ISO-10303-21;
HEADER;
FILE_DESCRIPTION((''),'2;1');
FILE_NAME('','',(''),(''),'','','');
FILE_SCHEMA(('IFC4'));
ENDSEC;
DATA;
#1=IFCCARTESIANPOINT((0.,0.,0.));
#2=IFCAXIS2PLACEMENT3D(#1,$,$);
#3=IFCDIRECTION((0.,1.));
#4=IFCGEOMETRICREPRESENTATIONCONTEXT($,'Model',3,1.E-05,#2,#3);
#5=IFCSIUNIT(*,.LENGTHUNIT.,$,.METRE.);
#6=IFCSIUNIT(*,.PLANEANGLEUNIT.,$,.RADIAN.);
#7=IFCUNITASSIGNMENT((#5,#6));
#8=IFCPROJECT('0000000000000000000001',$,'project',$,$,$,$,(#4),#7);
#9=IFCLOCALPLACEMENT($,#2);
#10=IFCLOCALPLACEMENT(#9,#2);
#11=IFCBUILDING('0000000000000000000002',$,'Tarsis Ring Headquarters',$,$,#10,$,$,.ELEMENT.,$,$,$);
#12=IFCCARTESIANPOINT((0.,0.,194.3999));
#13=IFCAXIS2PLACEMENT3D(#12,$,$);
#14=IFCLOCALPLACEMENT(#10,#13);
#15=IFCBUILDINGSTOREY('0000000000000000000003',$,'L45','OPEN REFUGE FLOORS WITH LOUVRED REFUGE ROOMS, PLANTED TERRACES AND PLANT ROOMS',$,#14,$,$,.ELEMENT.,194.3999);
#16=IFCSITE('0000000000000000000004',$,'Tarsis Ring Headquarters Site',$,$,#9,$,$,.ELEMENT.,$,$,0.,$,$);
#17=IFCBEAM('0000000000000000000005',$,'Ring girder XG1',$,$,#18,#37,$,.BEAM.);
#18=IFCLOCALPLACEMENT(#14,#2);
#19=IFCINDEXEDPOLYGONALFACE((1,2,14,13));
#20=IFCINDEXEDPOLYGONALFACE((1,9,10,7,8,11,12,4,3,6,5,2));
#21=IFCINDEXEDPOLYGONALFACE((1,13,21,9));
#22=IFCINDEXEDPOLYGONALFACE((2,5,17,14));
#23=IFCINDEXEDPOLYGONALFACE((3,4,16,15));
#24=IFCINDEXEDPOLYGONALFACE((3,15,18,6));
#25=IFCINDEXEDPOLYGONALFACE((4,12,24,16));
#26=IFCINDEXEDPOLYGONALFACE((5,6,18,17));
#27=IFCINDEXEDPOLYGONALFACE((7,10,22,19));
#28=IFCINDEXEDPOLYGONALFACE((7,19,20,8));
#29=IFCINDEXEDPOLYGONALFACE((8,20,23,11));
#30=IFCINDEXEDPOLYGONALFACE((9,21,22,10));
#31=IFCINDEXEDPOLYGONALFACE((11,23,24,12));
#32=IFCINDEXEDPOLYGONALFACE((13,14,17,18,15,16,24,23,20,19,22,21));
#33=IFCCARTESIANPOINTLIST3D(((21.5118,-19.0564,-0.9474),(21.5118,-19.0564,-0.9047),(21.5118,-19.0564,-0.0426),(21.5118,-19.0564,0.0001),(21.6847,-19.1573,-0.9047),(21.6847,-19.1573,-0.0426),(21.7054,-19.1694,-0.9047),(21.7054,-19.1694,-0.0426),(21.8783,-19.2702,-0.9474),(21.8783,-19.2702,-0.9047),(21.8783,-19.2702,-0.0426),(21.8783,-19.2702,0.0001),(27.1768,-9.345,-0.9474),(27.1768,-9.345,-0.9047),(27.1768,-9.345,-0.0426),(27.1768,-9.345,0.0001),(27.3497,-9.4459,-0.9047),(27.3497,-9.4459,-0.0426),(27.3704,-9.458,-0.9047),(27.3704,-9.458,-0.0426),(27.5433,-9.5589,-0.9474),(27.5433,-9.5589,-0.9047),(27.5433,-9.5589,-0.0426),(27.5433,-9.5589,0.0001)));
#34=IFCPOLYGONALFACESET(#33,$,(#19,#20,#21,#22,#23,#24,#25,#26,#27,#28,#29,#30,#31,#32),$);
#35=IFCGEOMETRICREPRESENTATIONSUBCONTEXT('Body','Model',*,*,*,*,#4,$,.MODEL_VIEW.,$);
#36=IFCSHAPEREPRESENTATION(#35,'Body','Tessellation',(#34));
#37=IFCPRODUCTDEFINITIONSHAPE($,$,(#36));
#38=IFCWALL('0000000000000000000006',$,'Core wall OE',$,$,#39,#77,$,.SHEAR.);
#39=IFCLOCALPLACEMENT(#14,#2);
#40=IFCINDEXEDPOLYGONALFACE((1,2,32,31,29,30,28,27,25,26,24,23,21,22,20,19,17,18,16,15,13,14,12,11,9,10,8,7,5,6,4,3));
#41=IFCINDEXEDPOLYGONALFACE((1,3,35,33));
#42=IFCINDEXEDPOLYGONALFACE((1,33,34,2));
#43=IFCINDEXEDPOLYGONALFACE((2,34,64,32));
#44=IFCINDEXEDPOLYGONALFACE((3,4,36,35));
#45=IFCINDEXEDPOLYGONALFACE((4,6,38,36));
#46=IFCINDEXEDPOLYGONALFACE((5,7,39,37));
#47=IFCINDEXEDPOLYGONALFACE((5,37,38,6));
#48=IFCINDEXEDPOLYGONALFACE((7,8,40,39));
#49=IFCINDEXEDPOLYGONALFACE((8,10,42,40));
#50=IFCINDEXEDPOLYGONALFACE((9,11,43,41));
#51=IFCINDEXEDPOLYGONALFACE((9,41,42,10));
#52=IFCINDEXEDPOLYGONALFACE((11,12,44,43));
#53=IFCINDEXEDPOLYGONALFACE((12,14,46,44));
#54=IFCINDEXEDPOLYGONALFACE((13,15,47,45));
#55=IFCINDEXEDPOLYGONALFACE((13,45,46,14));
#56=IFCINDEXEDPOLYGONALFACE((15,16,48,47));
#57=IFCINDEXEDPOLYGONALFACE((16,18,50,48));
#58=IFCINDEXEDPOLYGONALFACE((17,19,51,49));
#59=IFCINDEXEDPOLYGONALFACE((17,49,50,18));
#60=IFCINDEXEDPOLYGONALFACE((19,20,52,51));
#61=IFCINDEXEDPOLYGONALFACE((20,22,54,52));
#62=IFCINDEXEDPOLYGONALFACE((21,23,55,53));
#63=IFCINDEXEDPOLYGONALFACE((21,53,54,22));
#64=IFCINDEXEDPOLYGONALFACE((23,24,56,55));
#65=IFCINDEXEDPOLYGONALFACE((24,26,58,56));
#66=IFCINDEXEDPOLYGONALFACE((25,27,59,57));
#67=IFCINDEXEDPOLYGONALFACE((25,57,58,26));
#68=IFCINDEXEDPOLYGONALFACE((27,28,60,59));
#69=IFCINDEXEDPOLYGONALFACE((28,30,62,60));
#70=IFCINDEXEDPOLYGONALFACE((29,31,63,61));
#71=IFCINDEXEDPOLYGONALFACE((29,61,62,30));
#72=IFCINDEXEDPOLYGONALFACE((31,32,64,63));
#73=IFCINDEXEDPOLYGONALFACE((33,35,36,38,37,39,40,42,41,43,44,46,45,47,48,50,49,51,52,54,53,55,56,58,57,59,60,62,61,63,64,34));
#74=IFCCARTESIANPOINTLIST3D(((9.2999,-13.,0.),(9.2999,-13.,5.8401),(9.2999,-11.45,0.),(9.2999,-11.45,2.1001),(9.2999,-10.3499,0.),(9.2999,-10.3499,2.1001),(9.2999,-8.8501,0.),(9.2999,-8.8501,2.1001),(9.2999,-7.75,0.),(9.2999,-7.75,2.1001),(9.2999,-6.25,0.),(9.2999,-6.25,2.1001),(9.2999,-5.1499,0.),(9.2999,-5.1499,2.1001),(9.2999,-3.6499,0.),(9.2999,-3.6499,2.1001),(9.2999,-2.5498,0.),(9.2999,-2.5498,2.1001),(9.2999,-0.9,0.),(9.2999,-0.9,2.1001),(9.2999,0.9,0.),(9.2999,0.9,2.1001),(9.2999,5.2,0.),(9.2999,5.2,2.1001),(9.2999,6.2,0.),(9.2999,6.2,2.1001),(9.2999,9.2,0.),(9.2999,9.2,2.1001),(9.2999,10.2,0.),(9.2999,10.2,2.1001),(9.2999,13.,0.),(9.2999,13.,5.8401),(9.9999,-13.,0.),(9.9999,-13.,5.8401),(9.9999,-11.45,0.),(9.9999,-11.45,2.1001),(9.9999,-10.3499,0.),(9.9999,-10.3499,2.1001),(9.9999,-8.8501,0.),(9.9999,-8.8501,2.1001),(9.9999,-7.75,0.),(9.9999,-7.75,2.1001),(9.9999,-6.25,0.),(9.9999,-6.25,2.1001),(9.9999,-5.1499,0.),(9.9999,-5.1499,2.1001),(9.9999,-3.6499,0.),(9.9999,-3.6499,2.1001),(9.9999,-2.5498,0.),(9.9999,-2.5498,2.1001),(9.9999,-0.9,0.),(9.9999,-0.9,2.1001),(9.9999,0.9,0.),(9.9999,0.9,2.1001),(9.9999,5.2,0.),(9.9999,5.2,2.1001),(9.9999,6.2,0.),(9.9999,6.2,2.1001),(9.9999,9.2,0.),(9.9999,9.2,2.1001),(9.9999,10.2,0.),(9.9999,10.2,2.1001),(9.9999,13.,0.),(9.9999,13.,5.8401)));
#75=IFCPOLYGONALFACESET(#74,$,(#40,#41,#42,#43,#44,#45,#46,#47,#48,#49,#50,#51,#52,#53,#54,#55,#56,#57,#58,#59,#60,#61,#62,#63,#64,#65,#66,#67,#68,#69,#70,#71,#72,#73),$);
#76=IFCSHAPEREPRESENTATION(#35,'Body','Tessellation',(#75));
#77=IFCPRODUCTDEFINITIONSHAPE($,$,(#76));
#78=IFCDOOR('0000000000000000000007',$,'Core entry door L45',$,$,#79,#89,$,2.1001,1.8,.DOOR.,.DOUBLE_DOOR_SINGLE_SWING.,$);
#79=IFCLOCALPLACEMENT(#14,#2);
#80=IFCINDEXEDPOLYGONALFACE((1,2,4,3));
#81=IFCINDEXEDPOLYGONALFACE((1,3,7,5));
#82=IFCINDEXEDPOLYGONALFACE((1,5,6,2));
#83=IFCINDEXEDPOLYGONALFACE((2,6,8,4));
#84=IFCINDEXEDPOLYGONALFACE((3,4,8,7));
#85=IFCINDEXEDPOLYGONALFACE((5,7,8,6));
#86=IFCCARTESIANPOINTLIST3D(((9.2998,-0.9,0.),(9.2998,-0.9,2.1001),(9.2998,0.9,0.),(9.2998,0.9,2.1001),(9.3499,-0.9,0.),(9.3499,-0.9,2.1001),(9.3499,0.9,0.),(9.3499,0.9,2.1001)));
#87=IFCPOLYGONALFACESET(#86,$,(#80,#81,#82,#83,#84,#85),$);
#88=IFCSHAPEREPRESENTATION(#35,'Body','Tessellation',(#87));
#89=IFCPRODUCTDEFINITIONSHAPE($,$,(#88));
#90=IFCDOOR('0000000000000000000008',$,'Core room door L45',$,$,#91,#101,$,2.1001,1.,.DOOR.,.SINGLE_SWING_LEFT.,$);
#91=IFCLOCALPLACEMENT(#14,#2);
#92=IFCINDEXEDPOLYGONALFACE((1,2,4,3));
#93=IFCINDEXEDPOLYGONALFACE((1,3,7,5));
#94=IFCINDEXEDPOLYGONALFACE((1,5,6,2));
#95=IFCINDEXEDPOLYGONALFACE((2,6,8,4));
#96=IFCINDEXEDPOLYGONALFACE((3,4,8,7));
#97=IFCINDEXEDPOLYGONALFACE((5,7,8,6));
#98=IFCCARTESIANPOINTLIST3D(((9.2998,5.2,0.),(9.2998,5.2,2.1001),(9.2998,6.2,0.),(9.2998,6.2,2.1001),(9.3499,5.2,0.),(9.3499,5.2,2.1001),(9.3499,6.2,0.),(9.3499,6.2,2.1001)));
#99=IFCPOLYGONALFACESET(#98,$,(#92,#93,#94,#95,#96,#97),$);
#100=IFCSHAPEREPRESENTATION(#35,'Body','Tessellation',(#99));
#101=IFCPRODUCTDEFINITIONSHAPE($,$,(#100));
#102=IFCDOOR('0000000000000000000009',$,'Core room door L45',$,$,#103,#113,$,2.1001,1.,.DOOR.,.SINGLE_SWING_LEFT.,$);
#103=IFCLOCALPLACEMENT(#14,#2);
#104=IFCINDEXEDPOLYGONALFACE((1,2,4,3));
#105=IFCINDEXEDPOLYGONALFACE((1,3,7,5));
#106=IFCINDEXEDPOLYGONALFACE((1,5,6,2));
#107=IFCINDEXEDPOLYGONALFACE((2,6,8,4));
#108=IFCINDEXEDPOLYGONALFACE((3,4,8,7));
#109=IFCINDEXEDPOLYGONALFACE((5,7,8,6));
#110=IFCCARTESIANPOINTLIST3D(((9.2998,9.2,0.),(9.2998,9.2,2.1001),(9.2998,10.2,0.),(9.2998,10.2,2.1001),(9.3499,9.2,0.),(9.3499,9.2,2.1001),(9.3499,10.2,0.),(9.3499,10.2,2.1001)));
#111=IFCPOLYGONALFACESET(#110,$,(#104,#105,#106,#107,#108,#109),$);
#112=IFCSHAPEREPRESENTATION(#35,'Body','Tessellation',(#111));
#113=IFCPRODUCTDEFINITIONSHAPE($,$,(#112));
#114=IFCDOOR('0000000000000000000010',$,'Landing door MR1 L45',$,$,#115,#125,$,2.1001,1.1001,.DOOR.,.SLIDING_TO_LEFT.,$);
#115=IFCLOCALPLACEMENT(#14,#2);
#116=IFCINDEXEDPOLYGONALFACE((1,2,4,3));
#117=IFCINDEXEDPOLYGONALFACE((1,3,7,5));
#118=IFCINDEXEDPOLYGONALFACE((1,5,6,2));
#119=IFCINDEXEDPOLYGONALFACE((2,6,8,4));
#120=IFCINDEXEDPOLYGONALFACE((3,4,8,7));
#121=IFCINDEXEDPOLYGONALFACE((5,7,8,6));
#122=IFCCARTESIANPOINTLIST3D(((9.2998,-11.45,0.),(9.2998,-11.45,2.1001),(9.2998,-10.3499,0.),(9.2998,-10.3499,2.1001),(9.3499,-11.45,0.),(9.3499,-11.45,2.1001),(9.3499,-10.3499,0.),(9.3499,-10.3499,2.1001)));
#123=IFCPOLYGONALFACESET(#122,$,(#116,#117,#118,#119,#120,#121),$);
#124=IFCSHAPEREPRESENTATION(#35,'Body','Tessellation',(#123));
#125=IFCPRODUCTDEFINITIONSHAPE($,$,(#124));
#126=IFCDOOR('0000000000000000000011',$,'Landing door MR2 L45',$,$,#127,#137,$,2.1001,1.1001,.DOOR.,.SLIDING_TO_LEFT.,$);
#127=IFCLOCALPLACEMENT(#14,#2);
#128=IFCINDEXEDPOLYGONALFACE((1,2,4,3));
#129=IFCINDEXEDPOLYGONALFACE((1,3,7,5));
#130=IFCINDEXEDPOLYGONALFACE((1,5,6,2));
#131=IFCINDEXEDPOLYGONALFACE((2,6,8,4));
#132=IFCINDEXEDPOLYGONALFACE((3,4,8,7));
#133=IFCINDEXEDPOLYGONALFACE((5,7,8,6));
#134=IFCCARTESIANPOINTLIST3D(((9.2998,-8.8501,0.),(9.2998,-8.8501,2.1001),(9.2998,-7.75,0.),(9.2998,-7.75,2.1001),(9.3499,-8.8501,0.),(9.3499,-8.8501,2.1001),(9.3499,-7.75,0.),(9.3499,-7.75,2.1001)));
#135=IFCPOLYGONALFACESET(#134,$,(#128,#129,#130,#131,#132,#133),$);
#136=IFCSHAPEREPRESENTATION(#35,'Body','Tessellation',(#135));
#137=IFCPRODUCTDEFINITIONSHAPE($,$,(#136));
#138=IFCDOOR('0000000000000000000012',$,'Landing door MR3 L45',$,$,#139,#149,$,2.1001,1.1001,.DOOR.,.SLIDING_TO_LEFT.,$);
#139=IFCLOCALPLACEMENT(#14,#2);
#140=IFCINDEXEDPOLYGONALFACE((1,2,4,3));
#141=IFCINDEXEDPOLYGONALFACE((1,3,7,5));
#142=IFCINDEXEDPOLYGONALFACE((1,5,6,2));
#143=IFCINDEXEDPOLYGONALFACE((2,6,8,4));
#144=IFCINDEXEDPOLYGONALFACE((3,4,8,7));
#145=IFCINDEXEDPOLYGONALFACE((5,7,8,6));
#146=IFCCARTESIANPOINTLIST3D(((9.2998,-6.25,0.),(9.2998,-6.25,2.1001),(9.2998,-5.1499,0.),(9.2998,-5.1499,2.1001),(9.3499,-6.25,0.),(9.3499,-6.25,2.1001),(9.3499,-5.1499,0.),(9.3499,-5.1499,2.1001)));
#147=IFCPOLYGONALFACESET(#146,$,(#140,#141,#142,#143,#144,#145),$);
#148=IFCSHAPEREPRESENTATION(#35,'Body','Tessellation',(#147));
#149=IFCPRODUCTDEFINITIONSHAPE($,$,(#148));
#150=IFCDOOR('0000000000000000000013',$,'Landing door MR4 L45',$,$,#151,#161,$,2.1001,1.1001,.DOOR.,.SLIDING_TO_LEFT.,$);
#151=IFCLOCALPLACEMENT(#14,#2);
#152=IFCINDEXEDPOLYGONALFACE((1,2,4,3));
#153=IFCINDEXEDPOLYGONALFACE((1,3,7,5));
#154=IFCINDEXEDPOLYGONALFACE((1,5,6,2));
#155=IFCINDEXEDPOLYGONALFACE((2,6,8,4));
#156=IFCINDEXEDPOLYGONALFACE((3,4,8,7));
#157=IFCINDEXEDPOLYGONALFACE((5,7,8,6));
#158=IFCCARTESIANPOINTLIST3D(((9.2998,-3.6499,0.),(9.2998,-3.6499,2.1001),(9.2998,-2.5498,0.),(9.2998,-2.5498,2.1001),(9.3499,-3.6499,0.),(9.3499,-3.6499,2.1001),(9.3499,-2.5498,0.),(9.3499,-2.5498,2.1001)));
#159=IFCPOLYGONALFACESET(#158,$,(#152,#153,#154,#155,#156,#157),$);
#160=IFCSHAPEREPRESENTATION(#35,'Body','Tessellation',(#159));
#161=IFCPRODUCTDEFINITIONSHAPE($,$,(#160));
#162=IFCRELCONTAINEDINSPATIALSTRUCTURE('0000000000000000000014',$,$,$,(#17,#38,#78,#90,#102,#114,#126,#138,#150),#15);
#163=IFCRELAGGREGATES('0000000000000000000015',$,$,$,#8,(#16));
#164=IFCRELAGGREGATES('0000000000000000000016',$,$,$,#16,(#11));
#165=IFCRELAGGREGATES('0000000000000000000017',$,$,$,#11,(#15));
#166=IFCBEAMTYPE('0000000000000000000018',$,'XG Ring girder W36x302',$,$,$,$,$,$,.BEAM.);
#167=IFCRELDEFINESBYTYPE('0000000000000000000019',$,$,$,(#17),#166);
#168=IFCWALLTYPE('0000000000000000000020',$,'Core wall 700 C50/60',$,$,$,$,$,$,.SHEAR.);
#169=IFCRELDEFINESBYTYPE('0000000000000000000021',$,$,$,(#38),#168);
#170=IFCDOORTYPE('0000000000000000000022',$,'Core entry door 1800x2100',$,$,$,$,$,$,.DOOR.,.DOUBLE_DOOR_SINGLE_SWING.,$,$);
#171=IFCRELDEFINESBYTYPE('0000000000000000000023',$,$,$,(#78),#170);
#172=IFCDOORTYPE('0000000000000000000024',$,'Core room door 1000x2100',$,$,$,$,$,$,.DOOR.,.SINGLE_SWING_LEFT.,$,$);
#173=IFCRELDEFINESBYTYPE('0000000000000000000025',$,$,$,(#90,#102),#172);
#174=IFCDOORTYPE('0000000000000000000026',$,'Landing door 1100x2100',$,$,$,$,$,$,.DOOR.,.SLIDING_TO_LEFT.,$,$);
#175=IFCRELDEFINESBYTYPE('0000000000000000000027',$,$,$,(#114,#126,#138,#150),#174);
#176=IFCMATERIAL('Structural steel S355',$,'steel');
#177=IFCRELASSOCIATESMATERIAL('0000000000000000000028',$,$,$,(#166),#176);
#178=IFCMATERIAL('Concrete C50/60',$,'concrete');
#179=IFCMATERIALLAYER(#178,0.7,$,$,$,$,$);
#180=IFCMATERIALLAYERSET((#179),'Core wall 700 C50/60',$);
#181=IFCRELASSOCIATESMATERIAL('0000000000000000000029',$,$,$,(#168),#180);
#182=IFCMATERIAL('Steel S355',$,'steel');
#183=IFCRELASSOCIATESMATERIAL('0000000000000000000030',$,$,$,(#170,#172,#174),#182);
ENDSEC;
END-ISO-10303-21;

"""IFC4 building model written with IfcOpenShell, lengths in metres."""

from ifc_helpers import new_model, si_unit, direction, frame, frame_2d, origin, origin_2d, place, context, subcontext, project, spatial, rectangle, i_section, extrude, material, layer, layer_set, material_profile, profile_set, type_object, element, fill, save


model = new_model("IFC4")

# Units and contexts
model_context = context("Model", 3, precision=1e-05, world=origin(), true_north=direction((0.0, 1.0)))
body_context = subcontext(model_context, "Body", "Model", "MODEL_VIEW")
ifc_project = project(units=[si_unit("LENGTHUNIT", "METRE"), si_unit("PLANEANGLEUNIT", "RADIAN")], contexts=[model_context])

# Site, building, storey
site_placement = place(None, origin())
site = spatial("IfcSite", under=ifc_project, at=site_placement, Name="Tarsis Ring Headquarters Site", CompositionType="ELEMENT", RefElevation=0.0)
building_placement = place(site_placement, origin())
building = spatial("IfcBuilding", under=site, at=building_placement, Name="Tarsis Ring Headquarters", CompositionType="ELEMENT")
storey_placement = place(building_placement, frame((0.0, 0.0, 194.3999)))
storey = spatial("IfcBuildingStorey", under=building, at=storey_placement, Name="L45", Description="OPEN REFUGE FLOORS WITH LOUVRED REFUGE ROOMS, PLANTED TERRACES AND PLANT ROOMS", CompositionType="ELEMENT", Elevation=194.3999)

# Shared definitions
ifc_material_1 = material(Name="Structural steel S355", Category="steel")

# Beam
ifc_material_profile_1 = material_profile(ifc_material_1, i_section(OverallWidth=0.4243, OverallDepth=0.9475, WebThickness=0.0239, FlangeThickness=0.0427, at=origin_2d()), Name="W36x302")
ifc_profile_set_1 = profile_set([ifc_material_profile_1], Name="Structural steel S355")
beam_type = type_object("IfcBeamType", Name="XG Ring girder W36x302", PredefinedType="BEAM", material=ifc_profile_set_1)
for number, where, z_axis, x_axis, name in (
    (1, (21.6951, -19.1633, -0.4736), (0.503874, 0.863777, 0.0), (-0.863777, 0.503874, 0.0), "Ring girder XG1"),
):
    element("IfcBeam", number, at=place(storey_placement, frame(where, z_axis=z_axis, x_axis=x_axis)), inside=storey, type_object=beam_type, Name=name, PredefinedType="BEAM", context=body_context, shape_type="SweptSolid", body=[
        extrude(i_section(OverallWidth=0.4243, OverallDepth=0.9475, WebThickness=0.0239, FlangeThickness=0.0427, at=origin_2d()), origin(), (0.0, 0.0, 1.0), 11.2429),
    ])

# Wall, openings, doors
ifc_material_2 = material(Name="Concrete C50/60", Category="concrete")
ifc_layer_1 = layer(ifc_material_2, 0.7)
ifc_layer_set_1 = layer_set([ifc_layer_1], Name="Core wall 700 C50/60")
wall_type_1 = type_object("IfcWallType", Name="Core wall 700 C50/60", PredefinedType="SHEAR", material=ifc_layer_set_1)
wall_1_placement = place(storey_placement, frame((9.6499, -13.0, 0.0), z_axis=(0.0, 0.0, 1.0), x_axis=(0.0, 1.0, 0.0)))
wall_1 = element("IfcWall", 2, at=wall_1_placement, inside=storey, type_object=wall_type_1, Name="Core wall OE", PredefinedType="SHEAR", context=body_context, shape_type="SweptSolid", body=[
    extrude(rectangle(XDim=26.0, YDim=0.7, at=frame_2d((13.0, 0.0))), origin(), (0.0, 0.0, 1.0), 5.8401),
])
opening_1_placement = place(wall_1_placement, frame((1.55, 0.0, 0.0)))
opening_1 = element("IfcOpeningElement", 3, at=opening_1_placement, cuts=wall_1, PredefinedType="OPENING", context=body_context, shape_type="SweptSolid", body=[
    extrude(rectangle(XDim=1.1001, YDim=2.1001, at=frame_2d((0.55, 1.05))), frame((0.0, 0.3599, 0.0), z_axis=(0.0, -1.0, 0.0), x_axis=(1.0, 0.0, 0.0)), (0.0, 0.0, 1.0), 0.72),
])
opening_2_placement = place(wall_1_placement, frame((4.1499, 0.0, 0.0)))
opening_2 = element("IfcOpeningElement", 4, at=opening_2_placement, cuts=wall_1, PredefinedType="OPENING", context=body_context, shape_type="SweptSolid", body=[
    extrude(rectangle(XDim=1.1001, YDim=2.1001, at=frame_2d((0.55, 1.05))), frame((0.0, 0.3599, 0.0), z_axis=(0.0, -1.0, 0.0), x_axis=(1.0, 0.0, 0.0)), (0.0, 0.0, 1.0), 0.72),
])
opening_3_placement = place(wall_1_placement, frame((6.75, 0.0, 0.0)))
opening_3 = element("IfcOpeningElement", 5, at=opening_3_placement, cuts=wall_1, PredefinedType="OPENING", context=body_context, shape_type="SweptSolid", body=[
    extrude(rectangle(XDim=1.1001, YDim=2.1001, at=frame_2d((0.55, 1.05))), frame((0.0, 0.3599, 0.0), z_axis=(0.0, -1.0, 0.0), x_axis=(1.0, 0.0, 0.0)), (0.0, 0.0, 1.0), 0.72),
])
opening_4_placement = place(wall_1_placement, frame((9.3501, 0.0, 0.0)))
opening_4 = element("IfcOpeningElement", 6, at=opening_4_placement, cuts=wall_1, PredefinedType="OPENING", context=body_context, shape_type="SweptSolid", body=[
    extrude(rectangle(XDim=1.1001, YDim=2.1001, at=frame_2d((0.55, 1.05))), frame((0.0, 0.3599, 0.0), z_axis=(0.0, -1.0, 0.0), x_axis=(1.0, 0.0, 0.0)), (0.0, 0.0, 1.0), 0.72),
])
opening_5_placement = place(wall_1_placement, frame((12.1001, 0.0, 0.0)))
opening_5 = element("IfcOpeningElement", 7, at=opening_5_placement, cuts=wall_1, PredefinedType="OPENING", context=body_context, shape_type="SweptSolid", body=[
    extrude(rectangle(XDim=1.8, YDim=2.1001, at=frame_2d((0.8999, 1.05))), frame((0.0, 0.3599, 0.0), z_axis=(0.0, -1.0, 0.0), x_axis=(1.0, 0.0, 0.0)), (0.0, 0.0, 1.0), 0.72),
])
opening_6_placement = place(wall_1_placement, frame((18.2, 0.0, 0.0)))
opening_6 = element("IfcOpeningElement", 8, at=opening_6_placement, cuts=wall_1, PredefinedType="OPENING", context=body_context, shape_type="SweptSolid", body=[
    extrude(rectangle(XDim=1.0, YDim=2.1001, at=frame_2d((0.5, 1.05))), frame((0.0, 0.3599, 0.0), z_axis=(0.0, -1.0, 0.0), x_axis=(1.0, 0.0, 0.0)), (0.0, 0.0, 1.0), 0.72),
])
opening_7_placement = place(wall_1_placement, frame((22.2, 0.0, 0.0)))
opening_7 = element("IfcOpeningElement", 9, at=opening_7_placement, cuts=wall_1, PredefinedType="OPENING", context=body_context, shape_type="SweptSolid", body=[
    extrude(rectangle(XDim=1.0, YDim=2.1001, at=frame_2d((0.5, 1.05))), frame((0.0, 0.3599, 0.0), z_axis=(0.0, -1.0, 0.0), x_axis=(1.0, 0.0, 0.0)), (0.0, 0.0, 1.0), 0.72),
])
ifc_material_3 = material(Name="Steel S355", Category="steel")
door_type_1 = type_object("IfcDoorType", Name="Core entry door 1800x2100", OperationType="DOUBLE_DOOR_SINGLE_SWING", PredefinedType="DOOR", material=ifc_material_3)
door_1_placement = place(opening_5_placement, origin())
door_1 = element("IfcDoor", 10, at=door_1_placement, inside=storey, type_object=door_type_1, Name="Core entry door L45", OperationType="DOUBLE_DOOR_SINGLE_SWING", OverallHeight=2.1001, OverallWidth=1.8, PredefinedType="DOOR", context=body_context, shape_type="SweptSolid", body=[
    extrude(rectangle(XDim=1.8, YDim=2.1001, at=frame_2d((0.8999, 1.05))), frame((0.0, 0.3501, 0.0), z_axis=(0.0, -1.0, 0.0), x_axis=(1.0, 0.0, 0.0)), (0.0, 0.0, 1.0), 0.05),
])
fill(opening_5, door_1)
door_type_2 = type_object("IfcDoorType", Name="Core room door 1000x2100", OperationType="SINGLE_SWING_LEFT", PredefinedType="DOOR", material=ifc_material_3)
door_2_placement = place(opening_6_placement, origin())
door_2 = element("IfcDoor", 11, at=door_2_placement, inside=storey, type_object=door_type_2, Name="Core room door L45", OperationType="SINGLE_SWING_LEFT", OverallHeight=2.1001, OverallWidth=1.0, PredefinedType="DOOR", context=body_context, shape_type="SweptSolid", body=[
    extrude(rectangle(XDim=1.0, YDim=2.1001, at=frame_2d((0.5, 1.05))), frame((0.0, 0.3501, 0.0), z_axis=(0.0, -1.0, 0.0), x_axis=(1.0, 0.0, 0.0)), (0.0, 0.0, 1.0), 0.05),
])
fill(opening_6, door_2)
door_3_placement = place(opening_7_placement, origin())
door_3 = element("IfcDoor", 12, at=door_3_placement, inside=storey, type_object=door_type_2, Name="Core room door L45", OperationType="SINGLE_SWING_LEFT", OverallHeight=2.1001, OverallWidth=1.0, PredefinedType="DOOR", context=body_context, shape_type="SweptSolid", body=[
    extrude(rectangle(XDim=1.0, YDim=2.1001, at=frame_2d((0.5, 1.05))), frame((0.0, 0.3501, 0.0), z_axis=(0.0, -1.0, 0.0), x_axis=(1.0, 0.0, 0.0)), (0.0, 0.0, 1.0), 0.05),
])
fill(opening_7, door_3)
door_type_3 = type_object("IfcDoorType", Name="Landing door 1100x2100", OperationType="SLIDING_TO_LEFT", PredefinedType="DOOR", material=ifc_material_3)
door_4_placement = place(opening_1_placement, origin())
door_4 = element("IfcDoor", 13, at=door_4_placement, inside=storey, type_object=door_type_3, Name="Landing door MR1 L45", OperationType="SLIDING_TO_LEFT", OverallHeight=2.1001, OverallWidth=1.1001, PredefinedType="DOOR", context=body_context, shape_type="SweptSolid", body=[
    extrude(rectangle(XDim=1.1001, YDim=2.1001, at=frame_2d((0.55, 1.05))), frame((0.0, 0.3501, 0.0), z_axis=(0.0, -1.0, 0.0), x_axis=(1.0, 0.0, 0.0)), (0.0, 0.0, 1.0), 0.05),
])
fill(opening_1, door_4)
door_5_placement = place(opening_2_placement, origin())
door_5 = element("IfcDoor", 14, at=door_5_placement, inside=storey, type_object=door_type_3, Name="Landing door MR2 L45", OperationType="SLIDING_TO_LEFT", OverallHeight=2.1001, OverallWidth=1.1001, PredefinedType="DOOR", context=body_context, shape_type="SweptSolid", body=[
    extrude(rectangle(XDim=1.1001, YDim=2.1001, at=frame_2d((0.55, 1.05))), frame((0.0, 0.3501, 0.0), z_axis=(0.0, -1.0, 0.0), x_axis=(1.0, 0.0, 0.0)), (0.0, 0.0, 1.0), 0.05),
])
fill(opening_2, door_5)
door_6_placement = place(opening_3_placement, origin())
door_6 = element("IfcDoor", 15, at=door_6_placement, inside=storey, type_object=door_type_3, Name="Landing door MR3 L45", OperationType="SLIDING_TO_LEFT", OverallHeight=2.1001, OverallWidth=1.1001, PredefinedType="DOOR", context=body_context, shape_type="SweptSolid", body=[
    extrude(rectangle(XDim=1.1001, YDim=2.1001, at=frame_2d((0.55, 1.05))), frame((0.0, 0.3501, 0.0), z_axis=(0.0, -1.0, 0.0), x_axis=(1.0, 0.0, 0.0)), (0.0, 0.0, 1.0), 0.05),
])
fill(opening_3, door_6)
door_7_placement = place(opening_4_placement, origin())
door_7 = element("IfcDoor", 16, at=door_7_placement, inside=storey, type_object=door_type_3, Name="Landing door MR4 L45", OperationType="SLIDING_TO_LEFT", OverallHeight=2.1001, OverallWidth=1.1001, PredefinedType="DOOR", context=body_context, shape_type="SweptSolid", body=[
    extrude(rectangle(XDim=1.1001, YDim=2.1001, at=frame_2d((0.55, 1.05))), frame((0.0, 0.3501, 0.0), z_axis=(0.0, -1.0, 0.0), x_axis=(1.0, 0.0, 0.0)), (0.0, 0.0, 1.0), 0.05),
])
fill(opening_4, door_7)

save(model, "model.ifc")
